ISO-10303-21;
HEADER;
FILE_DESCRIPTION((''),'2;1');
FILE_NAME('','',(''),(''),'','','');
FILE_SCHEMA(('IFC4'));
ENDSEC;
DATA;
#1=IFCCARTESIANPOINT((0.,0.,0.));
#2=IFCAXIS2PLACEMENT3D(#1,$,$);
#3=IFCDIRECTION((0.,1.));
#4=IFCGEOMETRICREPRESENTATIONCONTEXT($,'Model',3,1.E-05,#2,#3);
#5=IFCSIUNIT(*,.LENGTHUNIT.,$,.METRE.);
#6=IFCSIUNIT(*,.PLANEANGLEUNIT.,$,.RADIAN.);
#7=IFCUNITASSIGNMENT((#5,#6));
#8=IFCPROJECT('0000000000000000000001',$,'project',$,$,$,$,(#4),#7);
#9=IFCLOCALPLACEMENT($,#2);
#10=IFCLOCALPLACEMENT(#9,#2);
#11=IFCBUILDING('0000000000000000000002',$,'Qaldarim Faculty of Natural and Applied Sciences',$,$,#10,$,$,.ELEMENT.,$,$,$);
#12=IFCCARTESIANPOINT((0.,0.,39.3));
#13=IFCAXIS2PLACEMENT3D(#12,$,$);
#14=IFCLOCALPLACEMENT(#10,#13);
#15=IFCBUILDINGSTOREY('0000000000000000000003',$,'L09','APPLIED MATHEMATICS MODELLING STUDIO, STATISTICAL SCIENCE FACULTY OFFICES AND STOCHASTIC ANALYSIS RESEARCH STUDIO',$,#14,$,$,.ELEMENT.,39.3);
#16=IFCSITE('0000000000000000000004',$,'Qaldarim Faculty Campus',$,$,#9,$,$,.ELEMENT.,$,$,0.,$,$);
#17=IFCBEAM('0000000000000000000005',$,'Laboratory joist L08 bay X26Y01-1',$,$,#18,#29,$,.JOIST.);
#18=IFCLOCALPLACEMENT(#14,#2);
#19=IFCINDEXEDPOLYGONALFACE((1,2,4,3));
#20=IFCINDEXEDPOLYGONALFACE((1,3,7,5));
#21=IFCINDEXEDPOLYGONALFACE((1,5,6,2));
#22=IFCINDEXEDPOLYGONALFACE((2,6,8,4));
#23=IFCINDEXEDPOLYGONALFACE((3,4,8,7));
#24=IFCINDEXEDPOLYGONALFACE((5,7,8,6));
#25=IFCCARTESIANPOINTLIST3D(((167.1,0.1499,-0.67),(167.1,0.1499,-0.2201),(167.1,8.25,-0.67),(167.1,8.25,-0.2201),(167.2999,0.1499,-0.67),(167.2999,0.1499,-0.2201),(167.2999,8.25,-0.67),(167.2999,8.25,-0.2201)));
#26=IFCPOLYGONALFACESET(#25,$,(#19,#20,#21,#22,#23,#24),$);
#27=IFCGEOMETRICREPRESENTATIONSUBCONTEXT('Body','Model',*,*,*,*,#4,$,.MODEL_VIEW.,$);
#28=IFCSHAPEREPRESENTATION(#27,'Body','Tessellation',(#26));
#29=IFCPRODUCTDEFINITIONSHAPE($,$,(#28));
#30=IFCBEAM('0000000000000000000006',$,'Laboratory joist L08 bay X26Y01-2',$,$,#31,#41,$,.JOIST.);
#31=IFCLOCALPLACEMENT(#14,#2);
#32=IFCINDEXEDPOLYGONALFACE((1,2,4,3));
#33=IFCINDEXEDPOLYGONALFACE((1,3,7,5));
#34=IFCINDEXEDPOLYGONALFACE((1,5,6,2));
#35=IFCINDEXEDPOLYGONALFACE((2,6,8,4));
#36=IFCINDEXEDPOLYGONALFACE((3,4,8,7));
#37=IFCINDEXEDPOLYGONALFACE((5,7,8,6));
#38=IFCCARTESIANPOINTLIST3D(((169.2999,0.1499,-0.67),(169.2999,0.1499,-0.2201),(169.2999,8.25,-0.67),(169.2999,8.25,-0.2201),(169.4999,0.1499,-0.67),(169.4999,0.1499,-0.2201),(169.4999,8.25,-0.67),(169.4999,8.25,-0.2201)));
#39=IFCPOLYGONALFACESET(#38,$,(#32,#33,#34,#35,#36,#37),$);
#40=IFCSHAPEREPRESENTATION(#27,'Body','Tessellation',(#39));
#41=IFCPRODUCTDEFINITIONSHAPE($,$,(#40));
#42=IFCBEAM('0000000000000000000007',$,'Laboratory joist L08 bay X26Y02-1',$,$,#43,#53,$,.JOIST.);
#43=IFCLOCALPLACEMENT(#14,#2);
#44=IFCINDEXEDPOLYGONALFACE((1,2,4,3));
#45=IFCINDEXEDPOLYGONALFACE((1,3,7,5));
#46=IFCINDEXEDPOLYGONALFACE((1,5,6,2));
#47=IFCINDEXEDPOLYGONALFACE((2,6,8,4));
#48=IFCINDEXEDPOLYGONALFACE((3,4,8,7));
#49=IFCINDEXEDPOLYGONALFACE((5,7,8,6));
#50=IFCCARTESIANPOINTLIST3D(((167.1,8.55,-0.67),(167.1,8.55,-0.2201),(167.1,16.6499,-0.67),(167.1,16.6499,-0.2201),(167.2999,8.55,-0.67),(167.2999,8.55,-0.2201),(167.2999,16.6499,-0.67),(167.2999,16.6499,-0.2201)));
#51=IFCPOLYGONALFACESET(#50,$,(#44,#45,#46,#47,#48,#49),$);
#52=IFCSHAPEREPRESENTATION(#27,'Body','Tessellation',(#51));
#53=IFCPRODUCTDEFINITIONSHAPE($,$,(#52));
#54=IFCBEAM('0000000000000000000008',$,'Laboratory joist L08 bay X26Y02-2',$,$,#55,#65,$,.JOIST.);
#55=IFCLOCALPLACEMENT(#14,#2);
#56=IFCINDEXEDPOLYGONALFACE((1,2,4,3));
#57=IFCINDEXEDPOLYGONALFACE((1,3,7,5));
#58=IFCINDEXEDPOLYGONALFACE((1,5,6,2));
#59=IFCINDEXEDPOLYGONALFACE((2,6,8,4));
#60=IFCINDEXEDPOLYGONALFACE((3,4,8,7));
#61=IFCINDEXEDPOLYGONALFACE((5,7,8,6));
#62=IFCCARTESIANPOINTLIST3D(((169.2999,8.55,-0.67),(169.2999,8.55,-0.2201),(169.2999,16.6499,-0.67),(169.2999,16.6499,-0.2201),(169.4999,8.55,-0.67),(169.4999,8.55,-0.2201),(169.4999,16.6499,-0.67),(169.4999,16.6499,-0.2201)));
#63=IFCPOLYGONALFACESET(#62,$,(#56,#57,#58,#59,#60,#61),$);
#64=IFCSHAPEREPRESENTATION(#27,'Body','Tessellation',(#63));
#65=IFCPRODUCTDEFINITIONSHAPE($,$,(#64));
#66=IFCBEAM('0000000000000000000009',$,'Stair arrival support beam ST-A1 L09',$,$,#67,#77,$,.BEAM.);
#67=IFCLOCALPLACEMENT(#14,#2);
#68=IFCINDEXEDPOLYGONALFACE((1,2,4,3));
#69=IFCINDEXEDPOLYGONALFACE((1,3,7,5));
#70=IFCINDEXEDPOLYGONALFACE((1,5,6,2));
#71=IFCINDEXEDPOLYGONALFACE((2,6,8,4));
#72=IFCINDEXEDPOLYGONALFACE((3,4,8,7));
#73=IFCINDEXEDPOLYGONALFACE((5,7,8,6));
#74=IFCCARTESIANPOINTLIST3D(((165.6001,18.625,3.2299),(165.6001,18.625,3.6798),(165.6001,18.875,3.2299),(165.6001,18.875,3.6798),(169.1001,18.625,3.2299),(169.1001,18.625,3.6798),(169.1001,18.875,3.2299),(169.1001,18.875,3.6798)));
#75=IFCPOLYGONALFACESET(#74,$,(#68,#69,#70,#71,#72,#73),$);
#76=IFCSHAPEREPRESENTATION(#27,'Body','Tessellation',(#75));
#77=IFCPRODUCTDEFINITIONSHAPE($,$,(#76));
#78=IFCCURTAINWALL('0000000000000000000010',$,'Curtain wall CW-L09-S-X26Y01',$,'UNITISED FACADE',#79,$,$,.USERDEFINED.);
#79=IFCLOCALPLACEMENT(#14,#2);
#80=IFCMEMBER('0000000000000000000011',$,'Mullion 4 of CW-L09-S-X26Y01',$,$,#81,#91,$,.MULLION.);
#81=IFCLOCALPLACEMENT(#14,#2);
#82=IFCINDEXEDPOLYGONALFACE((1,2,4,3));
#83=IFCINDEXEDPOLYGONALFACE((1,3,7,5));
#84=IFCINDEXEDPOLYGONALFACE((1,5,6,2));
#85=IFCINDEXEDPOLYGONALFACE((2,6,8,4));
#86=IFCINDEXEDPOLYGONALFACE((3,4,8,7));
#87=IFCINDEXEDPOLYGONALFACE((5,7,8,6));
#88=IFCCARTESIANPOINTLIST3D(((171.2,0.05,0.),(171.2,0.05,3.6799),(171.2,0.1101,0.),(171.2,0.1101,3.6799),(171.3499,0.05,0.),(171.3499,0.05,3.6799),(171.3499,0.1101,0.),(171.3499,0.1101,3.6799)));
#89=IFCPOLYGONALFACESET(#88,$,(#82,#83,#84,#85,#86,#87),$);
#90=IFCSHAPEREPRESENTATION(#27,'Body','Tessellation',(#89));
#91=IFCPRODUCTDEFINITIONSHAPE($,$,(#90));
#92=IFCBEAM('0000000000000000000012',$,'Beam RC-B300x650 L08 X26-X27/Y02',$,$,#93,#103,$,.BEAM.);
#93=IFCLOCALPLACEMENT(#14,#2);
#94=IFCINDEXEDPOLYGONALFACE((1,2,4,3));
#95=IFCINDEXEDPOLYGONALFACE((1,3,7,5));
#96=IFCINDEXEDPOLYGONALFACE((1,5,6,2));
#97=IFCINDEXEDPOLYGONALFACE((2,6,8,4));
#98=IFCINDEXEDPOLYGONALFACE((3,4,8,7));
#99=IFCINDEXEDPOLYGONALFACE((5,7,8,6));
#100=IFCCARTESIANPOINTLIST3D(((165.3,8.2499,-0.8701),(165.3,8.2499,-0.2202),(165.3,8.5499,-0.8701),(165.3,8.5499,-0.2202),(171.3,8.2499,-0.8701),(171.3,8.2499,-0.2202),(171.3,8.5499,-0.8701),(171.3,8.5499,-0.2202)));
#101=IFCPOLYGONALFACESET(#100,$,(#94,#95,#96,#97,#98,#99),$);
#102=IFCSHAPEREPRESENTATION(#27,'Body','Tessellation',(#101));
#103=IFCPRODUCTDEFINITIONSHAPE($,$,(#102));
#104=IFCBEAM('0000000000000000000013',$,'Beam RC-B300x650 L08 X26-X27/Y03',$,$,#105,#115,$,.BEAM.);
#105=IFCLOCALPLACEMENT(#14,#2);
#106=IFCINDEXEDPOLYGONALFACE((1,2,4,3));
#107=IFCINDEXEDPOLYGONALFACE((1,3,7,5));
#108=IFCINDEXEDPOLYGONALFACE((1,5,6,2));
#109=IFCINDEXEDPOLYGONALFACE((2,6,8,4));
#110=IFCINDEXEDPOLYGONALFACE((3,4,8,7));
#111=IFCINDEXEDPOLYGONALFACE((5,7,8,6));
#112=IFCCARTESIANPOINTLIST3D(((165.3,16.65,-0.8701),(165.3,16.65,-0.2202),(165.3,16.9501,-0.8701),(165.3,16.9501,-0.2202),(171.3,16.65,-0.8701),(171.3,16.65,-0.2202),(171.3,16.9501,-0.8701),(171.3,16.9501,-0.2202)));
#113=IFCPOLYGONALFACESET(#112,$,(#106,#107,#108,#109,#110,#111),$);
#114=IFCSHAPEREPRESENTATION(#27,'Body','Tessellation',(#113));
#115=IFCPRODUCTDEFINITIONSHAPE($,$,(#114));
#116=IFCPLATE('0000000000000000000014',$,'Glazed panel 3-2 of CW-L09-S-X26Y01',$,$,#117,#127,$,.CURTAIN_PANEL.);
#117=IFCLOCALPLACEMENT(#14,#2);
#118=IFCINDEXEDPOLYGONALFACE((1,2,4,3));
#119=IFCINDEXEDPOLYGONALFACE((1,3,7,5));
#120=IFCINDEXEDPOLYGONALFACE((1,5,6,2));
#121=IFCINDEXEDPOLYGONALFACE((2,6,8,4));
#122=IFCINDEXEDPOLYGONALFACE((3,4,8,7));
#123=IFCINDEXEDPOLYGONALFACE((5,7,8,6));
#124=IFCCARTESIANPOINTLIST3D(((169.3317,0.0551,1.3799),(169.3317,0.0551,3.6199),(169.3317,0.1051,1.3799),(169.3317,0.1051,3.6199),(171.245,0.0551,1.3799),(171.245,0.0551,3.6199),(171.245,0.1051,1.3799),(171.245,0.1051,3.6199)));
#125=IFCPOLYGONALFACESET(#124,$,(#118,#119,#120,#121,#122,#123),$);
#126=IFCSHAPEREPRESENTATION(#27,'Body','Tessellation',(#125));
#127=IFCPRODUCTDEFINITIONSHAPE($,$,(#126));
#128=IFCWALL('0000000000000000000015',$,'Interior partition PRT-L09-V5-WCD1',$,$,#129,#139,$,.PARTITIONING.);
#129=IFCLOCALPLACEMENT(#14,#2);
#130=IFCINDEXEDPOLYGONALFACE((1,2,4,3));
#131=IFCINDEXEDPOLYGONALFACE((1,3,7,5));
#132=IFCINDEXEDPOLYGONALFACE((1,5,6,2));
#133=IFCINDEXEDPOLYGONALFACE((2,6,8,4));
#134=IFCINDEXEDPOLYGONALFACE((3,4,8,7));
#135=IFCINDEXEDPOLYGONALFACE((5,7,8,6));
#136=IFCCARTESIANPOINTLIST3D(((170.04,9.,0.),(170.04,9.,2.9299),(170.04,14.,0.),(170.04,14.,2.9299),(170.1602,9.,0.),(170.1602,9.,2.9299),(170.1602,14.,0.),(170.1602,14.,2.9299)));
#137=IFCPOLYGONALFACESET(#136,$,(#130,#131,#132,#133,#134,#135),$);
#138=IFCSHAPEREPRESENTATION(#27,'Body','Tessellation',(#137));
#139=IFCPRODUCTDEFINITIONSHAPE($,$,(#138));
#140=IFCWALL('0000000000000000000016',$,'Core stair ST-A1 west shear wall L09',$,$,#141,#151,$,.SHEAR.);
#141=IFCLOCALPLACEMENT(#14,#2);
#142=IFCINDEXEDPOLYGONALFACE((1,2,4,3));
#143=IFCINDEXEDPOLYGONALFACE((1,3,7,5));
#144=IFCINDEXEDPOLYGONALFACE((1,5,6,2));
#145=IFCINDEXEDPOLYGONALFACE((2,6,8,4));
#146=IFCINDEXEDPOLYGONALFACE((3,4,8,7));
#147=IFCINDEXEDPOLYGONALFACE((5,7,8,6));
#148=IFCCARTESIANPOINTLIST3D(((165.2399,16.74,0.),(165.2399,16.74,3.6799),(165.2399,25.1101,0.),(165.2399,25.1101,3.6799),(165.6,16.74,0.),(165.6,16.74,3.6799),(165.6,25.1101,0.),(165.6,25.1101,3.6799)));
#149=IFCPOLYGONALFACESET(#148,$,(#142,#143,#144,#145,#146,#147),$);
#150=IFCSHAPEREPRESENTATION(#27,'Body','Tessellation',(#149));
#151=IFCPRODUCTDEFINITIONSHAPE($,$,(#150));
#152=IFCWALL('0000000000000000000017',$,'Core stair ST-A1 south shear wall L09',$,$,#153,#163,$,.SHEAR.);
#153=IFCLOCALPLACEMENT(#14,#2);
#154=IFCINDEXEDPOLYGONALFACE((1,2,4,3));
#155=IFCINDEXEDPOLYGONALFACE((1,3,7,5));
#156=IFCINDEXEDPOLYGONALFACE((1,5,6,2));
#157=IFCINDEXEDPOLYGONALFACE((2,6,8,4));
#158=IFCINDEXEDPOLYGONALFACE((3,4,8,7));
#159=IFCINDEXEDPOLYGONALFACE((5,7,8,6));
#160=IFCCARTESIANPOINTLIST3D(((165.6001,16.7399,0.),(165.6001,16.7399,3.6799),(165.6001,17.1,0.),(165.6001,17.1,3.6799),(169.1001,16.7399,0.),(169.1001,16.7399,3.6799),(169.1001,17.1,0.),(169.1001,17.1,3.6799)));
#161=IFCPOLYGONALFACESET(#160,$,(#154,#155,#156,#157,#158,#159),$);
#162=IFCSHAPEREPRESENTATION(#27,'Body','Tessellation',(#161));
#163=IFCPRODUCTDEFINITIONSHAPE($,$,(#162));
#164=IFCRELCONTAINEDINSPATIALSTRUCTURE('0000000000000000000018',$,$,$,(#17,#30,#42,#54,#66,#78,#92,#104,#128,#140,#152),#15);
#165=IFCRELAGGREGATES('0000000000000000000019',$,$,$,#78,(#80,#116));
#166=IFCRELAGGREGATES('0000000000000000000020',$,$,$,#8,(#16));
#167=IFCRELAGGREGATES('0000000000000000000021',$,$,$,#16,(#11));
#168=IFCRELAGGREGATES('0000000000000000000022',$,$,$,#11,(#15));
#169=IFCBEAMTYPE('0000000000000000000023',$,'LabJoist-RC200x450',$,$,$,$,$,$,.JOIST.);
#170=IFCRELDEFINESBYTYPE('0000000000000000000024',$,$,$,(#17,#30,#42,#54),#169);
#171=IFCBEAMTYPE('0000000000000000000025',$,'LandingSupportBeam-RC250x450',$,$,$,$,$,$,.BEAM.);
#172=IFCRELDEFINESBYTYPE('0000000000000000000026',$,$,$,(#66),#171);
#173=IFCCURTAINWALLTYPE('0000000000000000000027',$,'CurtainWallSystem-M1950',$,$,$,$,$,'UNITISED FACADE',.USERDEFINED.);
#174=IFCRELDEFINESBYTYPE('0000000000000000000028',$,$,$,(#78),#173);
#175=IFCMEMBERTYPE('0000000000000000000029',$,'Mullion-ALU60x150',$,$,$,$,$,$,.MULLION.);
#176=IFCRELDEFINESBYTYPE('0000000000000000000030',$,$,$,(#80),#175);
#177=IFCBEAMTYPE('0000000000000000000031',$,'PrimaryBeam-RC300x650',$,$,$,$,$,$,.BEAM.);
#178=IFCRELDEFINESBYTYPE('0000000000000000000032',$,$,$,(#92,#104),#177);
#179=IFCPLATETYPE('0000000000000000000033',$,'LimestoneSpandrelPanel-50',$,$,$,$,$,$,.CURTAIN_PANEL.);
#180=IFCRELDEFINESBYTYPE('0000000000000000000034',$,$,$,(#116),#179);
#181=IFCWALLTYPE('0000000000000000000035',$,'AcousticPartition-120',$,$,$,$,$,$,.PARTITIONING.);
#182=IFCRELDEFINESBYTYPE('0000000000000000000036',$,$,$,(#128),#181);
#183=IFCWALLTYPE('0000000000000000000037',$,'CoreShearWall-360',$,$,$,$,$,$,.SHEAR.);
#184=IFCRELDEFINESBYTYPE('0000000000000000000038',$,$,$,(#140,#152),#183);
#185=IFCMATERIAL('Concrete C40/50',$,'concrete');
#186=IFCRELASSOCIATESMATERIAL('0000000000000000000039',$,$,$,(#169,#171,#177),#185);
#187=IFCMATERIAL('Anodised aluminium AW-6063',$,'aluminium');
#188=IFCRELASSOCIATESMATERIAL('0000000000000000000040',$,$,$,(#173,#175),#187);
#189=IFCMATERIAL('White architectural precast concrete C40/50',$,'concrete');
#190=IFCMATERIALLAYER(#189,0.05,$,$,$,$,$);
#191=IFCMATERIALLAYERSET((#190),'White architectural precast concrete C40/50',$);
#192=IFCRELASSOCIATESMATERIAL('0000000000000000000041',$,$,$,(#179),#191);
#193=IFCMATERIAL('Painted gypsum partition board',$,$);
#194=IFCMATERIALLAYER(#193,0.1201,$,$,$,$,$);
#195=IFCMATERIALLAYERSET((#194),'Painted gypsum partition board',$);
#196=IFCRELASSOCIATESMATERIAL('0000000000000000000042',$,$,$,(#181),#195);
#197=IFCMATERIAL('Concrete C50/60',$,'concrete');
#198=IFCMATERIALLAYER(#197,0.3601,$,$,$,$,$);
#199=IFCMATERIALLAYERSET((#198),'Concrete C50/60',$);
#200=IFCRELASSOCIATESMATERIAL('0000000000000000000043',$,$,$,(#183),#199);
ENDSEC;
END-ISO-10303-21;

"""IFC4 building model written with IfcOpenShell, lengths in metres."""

from ifc_helpers import new_model, si_unit, direction, frame, frame_2d, origin, origin_2d, place, context, subcontext, project, spatial, rectangle, extrude, material, layer, layer_set, material_profile, profile_set, type_object, element, aggregate, save


model = new_model("IFC4")

# Units and contexts
model_context = context("Model", 3, precision=1e-05, world=origin(), true_north=direction((0.0, 1.0)))
body_context = subcontext(model_context, "Body", "Model", "MODEL_VIEW")
ifc_project = project(units=[si_unit("LENGTHUNIT", "METRE"), si_unit("PLANEANGLEUNIT", "RADIAN")], contexts=[model_context])

# Site, building, storey
site_placement = place(None, origin())
site = spatial("IfcSite", under=ifc_project, at=site_placement, Name="Qaldarim Faculty Campus", CompositionType="ELEMENT", RefElevation=0.0)
building_placement = place(site_placement, origin())
building = spatial("IfcBuilding", under=site, at=building_placement, Name="Qaldarim Faculty of Natural and Applied Sciences", CompositionType="ELEMENT")
storey_placement = place(building_placement, frame((0.0, 0.0, 39.3)))
storey = spatial("IfcBuildingStorey", under=building, at=storey_placement, Name="L09", Description="APPLIED MATHEMATICS MODELLING STUDIO, STATISTICAL SCIENCE FACULTY OFFICES AND STOCHASTIC ANALYSIS RESEARCH STUDIO", CompositionType="ELEMENT", Elevation=39.3)

# Beams
ifc_material_1 = material(Name="Concrete C40/50", Category="concrete")
ifc_material_profile_1 = material_profile(ifc_material_1, rectangle(XDim=0.2, YDim=0.45, at=origin_2d()), Name="RC-J200x450")
ifc_profile_set_1 = profile_set([ifc_material_profile_1], Name="Concrete C40/50")
beam_type_1 = type_object("IfcBeamType", Name="LabJoist-RC200x450", PredefinedType="JOIST", material=ifc_profile_set_1)
for number, where, z_axis, x_axis, name in (
    (1, (167.2, 0.1499, -0.4451), (0.0, 1.0, 0.0), (-1.0, 0.0, 0.0), "Laboratory joist L08 bay X26Y01-1"),
    (2, (169.3999, 0.1499, -0.4451), (0.0, 1.0, 0.0), (-1.0, 0.0, 0.0), "Laboratory joist L08 bay X26Y01-2"),
):
    element("IfcBeam", number, at=place(storey_placement, frame(where, z_axis=z_axis, x_axis=x_axis)), inside=storey, type_object=beam_type_1, Name=name, PredefinedType="JOIST", context=body_context, shape_type="SweptSolid", body=[
        extrude(rectangle(XDim=0.2, YDim=0.45, at=origin_2d()), origin(), (0.0, 0.0, 1.0), 8.1001),
    ])
for number, where, z_axis, x_axis, name in (
    (3, (167.2, 8.55, -0.4451), (0.0, 1.0, 0.0), (-1.0, 0.0, 0.0), "Laboratory joist L08 bay X26Y02-1"),
    (4, (169.3999, 8.55, -0.4451), (0.0, 1.0, 0.0), (-1.0, 0.0, 0.0), "Laboratory joist L08 bay X26Y02-2"),
):
    element("IfcBeam", number, at=place(storey_placement, frame(where, z_axis=z_axis, x_axis=x_axis)), inside=storey, type_object=beam_type_1, Name=name, PredefinedType="JOIST", context=body_context, shape_type="SweptSolid", body=[
        extrude(rectangle(XDim=0.2, YDim=0.45, at=origin_2d()), origin(), (0.0, 0.0, 1.0), 8.0999),
    ])
ifc_material_profile_2 = material_profile(ifc_material_1, rectangle(XDim=0.25, YDim=0.45, at=origin_2d()), Name="RC-LN250x450")
ifc_profile_set_2 = profile_set([ifc_material_profile_2], Name="Concrete C40/50")
beam_type_2 = type_object("IfcBeamType", Name="LandingSupportBeam-RC250x450", PredefinedType="BEAM", material=ifc_profile_set_2)
beam_placement = place(storey_placement, frame((165.6001, 18.75, 3.4548), z_axis=(1.0, 0.0, 0.0), x_axis=(0.0, 1.0, 0.0)))
element("IfcBeam", 5, at=beam_placement, inside=storey, type_object=beam_type_2, Name="Stair arrival support beam ST-A1 L09", PredefinedType="BEAM", context=body_context, shape_type="SweptSolid", body=[
    extrude(rectangle(XDim=0.25, YDim=0.45, at=origin_2d()), origin(), (0.0, 0.0, 1.0), 3.5),
])

# Curtain wall, member
ifc_material_2 = material(Name="Anodised aluminium AW-6063", Category="aluminium")
curtain_wall_type = type_object("IfcCurtainWallType", Name="CurtainWallSystem-M1950", ElementType="UNITISED FACADE", PredefinedType="USERDEFINED", material=ifc_material_2)
curtain_wall_placement = place(storey_placement, origin())
curtain_wall = element("IfcCurtainWall", 6, at=curtain_wall_placement, inside=storey, type_object=curtain_wall_type, Name="Curtain wall CW-L09-S-X26Y01", ObjectType="UNITISED FACADE", PredefinedType="USERDEFINED")
ifc_material_profile_3 = material_profile(ifc_material_2, rectangle(XDim=0.0601, YDim=0.1499, at=origin_2d()), Name="ALU-M60x150")
ifc_profile_set_3 = profile_set([ifc_material_profile_3], Name="Anodised aluminium AW-6063")
member_type = type_object("IfcMemberType", Name="Mullion-ALU60x150", PredefinedType="MULLION", material=ifc_profile_set_3)
member_placement = place(storey_placement, frame((171.2749, 0.0801, 0.0), z_axis=(0.0, 0.0, 1.0), x_axis=(0.0, 1.0, 0.0)))
member = element("IfcMember", 7, at=member_placement, type_object=member_type, Name="Mullion 4 of CW-L09-S-X26Y01", PredefinedType="MULLION", context=body_context, shape_type="SweptSolid", body=[
    extrude(rectangle(XDim=0.0601, YDim=0.1499, at=origin_2d()), origin(), (0.0, 0.0, 1.0), 3.6799),
])

# Beams
ifc_material_profile_4 = material_profile(ifc_material_1, rectangle(XDim=0.3, YDim=0.6499, at=origin_2d()), Name="RC-B300x650")
ifc_profile_set_4 = profile_set([ifc_material_profile_4], Name="Concrete C40/50")
beam_type_3 = type_object("IfcBeamType", Name="PrimaryBeam-RC300x650", PredefinedType="BEAM", material=ifc_profile_set_4)
for number, where, z_axis, x_axis, name in (
    (8, (165.3, 8.3999, -0.5452), (1.0, 0.0, 0.0), (0.0, 1.0, 0.0), "Beam RC-B300x650 L08 X26-X27/Y02"),
    (9, (165.3, 16.8, -0.5452), (1.0, 0.0, 0.0), (0.0, 1.0, 0.0), "Beam RC-B300x650 L08 X26-X27/Y03"),
):
    element("IfcBeam", number, at=place(storey_placement, frame(where, z_axis=z_axis, x_axis=x_axis)), inside=storey, type_object=beam_type_3, Name=name, PredefinedType="BEAM", context=body_context, shape_type="SweptSolid", body=[
        extrude(rectangle(XDim=0.3, YDim=0.6499, at=origin_2d()), origin(), (0.0, 0.0, 1.0), 6.0),
    ])

# Plate
ifc_material_3 = material(Name="White architectural precast concrete C40/50", Category="concrete")
ifc_layer_1 = layer(ifc_material_3, 0.05)
ifc_layer_set_1 = layer_set([ifc_layer_1], Name="White architectural precast concrete C40/50")
plate_type = type_object("IfcPlateType", Name="LimestoneSpandrelPanel-50", PredefinedType="CURTAIN_PANEL", material=ifc_layer_set_1)
plate_placement = place(storey_placement, frame((170.2883, 0.0801, 1.3799), z_axis=(0.0, 0.0, 1.0), x_axis=(1.0, 0.0, 0.0)))
plate = element("IfcPlate", 10, at=plate_placement, type_object=plate_type, Name="Glazed panel 3-2 of CW-L09-S-X26Y01", PredefinedType="CURTAIN_PANEL", context=body_context, shape_type="SweptSolid", body=[
    extrude(rectangle(XDim=1.9133, YDim=0.05, at=origin_2d()), origin(), (0.0, 0.0, 1.0), 2.24),
])
aggregate(curtain_wall, [member, plate])

# Walls
ifc_material_4 = material(Name="Painted gypsum partition board")
ifc_layer_2 = layer(ifc_material_4, 0.1201)
ifc_layer_set_2 = layer_set([ifc_layer_2], Name="Painted gypsum partition board")
wall_type_1 = type_object("IfcWallType", Name="AcousticPartition-120", PredefinedType="PARTITIONING", material=ifc_layer_set_2)
wall_1_placement = place(storey_placement, frame((170.1001, 9.0, 0.0), z_axis=(0.0, 0.0, 1.0), x_axis=(0.0, 1.0, 0.0)))
element("IfcWall", 11, at=wall_1_placement, inside=storey, type_object=wall_type_1, Name="Interior partition PRT-L09-V5-WCD1", PredefinedType="PARTITIONING", context=body_context, shape_type="SweptSolid", body=[
    extrude(rectangle(XDim=5.0, YDim=0.1201, at=frame_2d((2.5, 0.0))), origin(), (0.0, 0.0, 1.0), 2.9299),
])
ifc_material_5 = material(Name="Concrete C50/60", Category="concrete")
ifc_layer_3 = layer(ifc_material_5, 0.3601)
ifc_layer_set_3 = layer_set([ifc_layer_3], Name="Concrete C50/60")
wall_type_2 = type_object("IfcWallType", Name="CoreShearWall-360", PredefinedType="SHEAR", material=ifc_layer_set_3)
wall_2_placement = place(storey_placement, frame((165.4199, 16.74, 0.0), z_axis=(0.0, 0.0, 1.0), x_axis=(0.0, 1.0, 0.0)))
element("IfcWall", 12, at=wall_2_placement, inside=storey, type_object=wall_type_2, Name="Core stair ST-A1 west shear wall L09", PredefinedType="SHEAR", context=body_context, shape_type="SweptSolid", body=[
    extrude(rectangle(XDim=8.3701, YDim=0.3601, at=frame_2d((4.1851, 0.0))), origin(), (0.0, 0.0, 1.0), 3.6799),
])

# Wall
wall_3_placement = place(storey_placement, frame((165.6001, 16.9199, 0.0), z_axis=(0.0, 0.0, 1.0), x_axis=(1.0, 0.0, 0.0)))
element("IfcWall", 13, at=wall_3_placement, inside=storey, type_object=wall_type_2, Name="Core stair ST-A1 south shear wall L09", PredefinedType="SHEAR", context=body_context, shape_type="SweptSolid", body=[
    extrude(rectangle(XDim=3.5, YDim=0.3601, at=frame_2d((1.75, 0.0))), origin(), (0.0, 0.0, 1.0), 3.6799),
])

save(model, "model.ifc")
